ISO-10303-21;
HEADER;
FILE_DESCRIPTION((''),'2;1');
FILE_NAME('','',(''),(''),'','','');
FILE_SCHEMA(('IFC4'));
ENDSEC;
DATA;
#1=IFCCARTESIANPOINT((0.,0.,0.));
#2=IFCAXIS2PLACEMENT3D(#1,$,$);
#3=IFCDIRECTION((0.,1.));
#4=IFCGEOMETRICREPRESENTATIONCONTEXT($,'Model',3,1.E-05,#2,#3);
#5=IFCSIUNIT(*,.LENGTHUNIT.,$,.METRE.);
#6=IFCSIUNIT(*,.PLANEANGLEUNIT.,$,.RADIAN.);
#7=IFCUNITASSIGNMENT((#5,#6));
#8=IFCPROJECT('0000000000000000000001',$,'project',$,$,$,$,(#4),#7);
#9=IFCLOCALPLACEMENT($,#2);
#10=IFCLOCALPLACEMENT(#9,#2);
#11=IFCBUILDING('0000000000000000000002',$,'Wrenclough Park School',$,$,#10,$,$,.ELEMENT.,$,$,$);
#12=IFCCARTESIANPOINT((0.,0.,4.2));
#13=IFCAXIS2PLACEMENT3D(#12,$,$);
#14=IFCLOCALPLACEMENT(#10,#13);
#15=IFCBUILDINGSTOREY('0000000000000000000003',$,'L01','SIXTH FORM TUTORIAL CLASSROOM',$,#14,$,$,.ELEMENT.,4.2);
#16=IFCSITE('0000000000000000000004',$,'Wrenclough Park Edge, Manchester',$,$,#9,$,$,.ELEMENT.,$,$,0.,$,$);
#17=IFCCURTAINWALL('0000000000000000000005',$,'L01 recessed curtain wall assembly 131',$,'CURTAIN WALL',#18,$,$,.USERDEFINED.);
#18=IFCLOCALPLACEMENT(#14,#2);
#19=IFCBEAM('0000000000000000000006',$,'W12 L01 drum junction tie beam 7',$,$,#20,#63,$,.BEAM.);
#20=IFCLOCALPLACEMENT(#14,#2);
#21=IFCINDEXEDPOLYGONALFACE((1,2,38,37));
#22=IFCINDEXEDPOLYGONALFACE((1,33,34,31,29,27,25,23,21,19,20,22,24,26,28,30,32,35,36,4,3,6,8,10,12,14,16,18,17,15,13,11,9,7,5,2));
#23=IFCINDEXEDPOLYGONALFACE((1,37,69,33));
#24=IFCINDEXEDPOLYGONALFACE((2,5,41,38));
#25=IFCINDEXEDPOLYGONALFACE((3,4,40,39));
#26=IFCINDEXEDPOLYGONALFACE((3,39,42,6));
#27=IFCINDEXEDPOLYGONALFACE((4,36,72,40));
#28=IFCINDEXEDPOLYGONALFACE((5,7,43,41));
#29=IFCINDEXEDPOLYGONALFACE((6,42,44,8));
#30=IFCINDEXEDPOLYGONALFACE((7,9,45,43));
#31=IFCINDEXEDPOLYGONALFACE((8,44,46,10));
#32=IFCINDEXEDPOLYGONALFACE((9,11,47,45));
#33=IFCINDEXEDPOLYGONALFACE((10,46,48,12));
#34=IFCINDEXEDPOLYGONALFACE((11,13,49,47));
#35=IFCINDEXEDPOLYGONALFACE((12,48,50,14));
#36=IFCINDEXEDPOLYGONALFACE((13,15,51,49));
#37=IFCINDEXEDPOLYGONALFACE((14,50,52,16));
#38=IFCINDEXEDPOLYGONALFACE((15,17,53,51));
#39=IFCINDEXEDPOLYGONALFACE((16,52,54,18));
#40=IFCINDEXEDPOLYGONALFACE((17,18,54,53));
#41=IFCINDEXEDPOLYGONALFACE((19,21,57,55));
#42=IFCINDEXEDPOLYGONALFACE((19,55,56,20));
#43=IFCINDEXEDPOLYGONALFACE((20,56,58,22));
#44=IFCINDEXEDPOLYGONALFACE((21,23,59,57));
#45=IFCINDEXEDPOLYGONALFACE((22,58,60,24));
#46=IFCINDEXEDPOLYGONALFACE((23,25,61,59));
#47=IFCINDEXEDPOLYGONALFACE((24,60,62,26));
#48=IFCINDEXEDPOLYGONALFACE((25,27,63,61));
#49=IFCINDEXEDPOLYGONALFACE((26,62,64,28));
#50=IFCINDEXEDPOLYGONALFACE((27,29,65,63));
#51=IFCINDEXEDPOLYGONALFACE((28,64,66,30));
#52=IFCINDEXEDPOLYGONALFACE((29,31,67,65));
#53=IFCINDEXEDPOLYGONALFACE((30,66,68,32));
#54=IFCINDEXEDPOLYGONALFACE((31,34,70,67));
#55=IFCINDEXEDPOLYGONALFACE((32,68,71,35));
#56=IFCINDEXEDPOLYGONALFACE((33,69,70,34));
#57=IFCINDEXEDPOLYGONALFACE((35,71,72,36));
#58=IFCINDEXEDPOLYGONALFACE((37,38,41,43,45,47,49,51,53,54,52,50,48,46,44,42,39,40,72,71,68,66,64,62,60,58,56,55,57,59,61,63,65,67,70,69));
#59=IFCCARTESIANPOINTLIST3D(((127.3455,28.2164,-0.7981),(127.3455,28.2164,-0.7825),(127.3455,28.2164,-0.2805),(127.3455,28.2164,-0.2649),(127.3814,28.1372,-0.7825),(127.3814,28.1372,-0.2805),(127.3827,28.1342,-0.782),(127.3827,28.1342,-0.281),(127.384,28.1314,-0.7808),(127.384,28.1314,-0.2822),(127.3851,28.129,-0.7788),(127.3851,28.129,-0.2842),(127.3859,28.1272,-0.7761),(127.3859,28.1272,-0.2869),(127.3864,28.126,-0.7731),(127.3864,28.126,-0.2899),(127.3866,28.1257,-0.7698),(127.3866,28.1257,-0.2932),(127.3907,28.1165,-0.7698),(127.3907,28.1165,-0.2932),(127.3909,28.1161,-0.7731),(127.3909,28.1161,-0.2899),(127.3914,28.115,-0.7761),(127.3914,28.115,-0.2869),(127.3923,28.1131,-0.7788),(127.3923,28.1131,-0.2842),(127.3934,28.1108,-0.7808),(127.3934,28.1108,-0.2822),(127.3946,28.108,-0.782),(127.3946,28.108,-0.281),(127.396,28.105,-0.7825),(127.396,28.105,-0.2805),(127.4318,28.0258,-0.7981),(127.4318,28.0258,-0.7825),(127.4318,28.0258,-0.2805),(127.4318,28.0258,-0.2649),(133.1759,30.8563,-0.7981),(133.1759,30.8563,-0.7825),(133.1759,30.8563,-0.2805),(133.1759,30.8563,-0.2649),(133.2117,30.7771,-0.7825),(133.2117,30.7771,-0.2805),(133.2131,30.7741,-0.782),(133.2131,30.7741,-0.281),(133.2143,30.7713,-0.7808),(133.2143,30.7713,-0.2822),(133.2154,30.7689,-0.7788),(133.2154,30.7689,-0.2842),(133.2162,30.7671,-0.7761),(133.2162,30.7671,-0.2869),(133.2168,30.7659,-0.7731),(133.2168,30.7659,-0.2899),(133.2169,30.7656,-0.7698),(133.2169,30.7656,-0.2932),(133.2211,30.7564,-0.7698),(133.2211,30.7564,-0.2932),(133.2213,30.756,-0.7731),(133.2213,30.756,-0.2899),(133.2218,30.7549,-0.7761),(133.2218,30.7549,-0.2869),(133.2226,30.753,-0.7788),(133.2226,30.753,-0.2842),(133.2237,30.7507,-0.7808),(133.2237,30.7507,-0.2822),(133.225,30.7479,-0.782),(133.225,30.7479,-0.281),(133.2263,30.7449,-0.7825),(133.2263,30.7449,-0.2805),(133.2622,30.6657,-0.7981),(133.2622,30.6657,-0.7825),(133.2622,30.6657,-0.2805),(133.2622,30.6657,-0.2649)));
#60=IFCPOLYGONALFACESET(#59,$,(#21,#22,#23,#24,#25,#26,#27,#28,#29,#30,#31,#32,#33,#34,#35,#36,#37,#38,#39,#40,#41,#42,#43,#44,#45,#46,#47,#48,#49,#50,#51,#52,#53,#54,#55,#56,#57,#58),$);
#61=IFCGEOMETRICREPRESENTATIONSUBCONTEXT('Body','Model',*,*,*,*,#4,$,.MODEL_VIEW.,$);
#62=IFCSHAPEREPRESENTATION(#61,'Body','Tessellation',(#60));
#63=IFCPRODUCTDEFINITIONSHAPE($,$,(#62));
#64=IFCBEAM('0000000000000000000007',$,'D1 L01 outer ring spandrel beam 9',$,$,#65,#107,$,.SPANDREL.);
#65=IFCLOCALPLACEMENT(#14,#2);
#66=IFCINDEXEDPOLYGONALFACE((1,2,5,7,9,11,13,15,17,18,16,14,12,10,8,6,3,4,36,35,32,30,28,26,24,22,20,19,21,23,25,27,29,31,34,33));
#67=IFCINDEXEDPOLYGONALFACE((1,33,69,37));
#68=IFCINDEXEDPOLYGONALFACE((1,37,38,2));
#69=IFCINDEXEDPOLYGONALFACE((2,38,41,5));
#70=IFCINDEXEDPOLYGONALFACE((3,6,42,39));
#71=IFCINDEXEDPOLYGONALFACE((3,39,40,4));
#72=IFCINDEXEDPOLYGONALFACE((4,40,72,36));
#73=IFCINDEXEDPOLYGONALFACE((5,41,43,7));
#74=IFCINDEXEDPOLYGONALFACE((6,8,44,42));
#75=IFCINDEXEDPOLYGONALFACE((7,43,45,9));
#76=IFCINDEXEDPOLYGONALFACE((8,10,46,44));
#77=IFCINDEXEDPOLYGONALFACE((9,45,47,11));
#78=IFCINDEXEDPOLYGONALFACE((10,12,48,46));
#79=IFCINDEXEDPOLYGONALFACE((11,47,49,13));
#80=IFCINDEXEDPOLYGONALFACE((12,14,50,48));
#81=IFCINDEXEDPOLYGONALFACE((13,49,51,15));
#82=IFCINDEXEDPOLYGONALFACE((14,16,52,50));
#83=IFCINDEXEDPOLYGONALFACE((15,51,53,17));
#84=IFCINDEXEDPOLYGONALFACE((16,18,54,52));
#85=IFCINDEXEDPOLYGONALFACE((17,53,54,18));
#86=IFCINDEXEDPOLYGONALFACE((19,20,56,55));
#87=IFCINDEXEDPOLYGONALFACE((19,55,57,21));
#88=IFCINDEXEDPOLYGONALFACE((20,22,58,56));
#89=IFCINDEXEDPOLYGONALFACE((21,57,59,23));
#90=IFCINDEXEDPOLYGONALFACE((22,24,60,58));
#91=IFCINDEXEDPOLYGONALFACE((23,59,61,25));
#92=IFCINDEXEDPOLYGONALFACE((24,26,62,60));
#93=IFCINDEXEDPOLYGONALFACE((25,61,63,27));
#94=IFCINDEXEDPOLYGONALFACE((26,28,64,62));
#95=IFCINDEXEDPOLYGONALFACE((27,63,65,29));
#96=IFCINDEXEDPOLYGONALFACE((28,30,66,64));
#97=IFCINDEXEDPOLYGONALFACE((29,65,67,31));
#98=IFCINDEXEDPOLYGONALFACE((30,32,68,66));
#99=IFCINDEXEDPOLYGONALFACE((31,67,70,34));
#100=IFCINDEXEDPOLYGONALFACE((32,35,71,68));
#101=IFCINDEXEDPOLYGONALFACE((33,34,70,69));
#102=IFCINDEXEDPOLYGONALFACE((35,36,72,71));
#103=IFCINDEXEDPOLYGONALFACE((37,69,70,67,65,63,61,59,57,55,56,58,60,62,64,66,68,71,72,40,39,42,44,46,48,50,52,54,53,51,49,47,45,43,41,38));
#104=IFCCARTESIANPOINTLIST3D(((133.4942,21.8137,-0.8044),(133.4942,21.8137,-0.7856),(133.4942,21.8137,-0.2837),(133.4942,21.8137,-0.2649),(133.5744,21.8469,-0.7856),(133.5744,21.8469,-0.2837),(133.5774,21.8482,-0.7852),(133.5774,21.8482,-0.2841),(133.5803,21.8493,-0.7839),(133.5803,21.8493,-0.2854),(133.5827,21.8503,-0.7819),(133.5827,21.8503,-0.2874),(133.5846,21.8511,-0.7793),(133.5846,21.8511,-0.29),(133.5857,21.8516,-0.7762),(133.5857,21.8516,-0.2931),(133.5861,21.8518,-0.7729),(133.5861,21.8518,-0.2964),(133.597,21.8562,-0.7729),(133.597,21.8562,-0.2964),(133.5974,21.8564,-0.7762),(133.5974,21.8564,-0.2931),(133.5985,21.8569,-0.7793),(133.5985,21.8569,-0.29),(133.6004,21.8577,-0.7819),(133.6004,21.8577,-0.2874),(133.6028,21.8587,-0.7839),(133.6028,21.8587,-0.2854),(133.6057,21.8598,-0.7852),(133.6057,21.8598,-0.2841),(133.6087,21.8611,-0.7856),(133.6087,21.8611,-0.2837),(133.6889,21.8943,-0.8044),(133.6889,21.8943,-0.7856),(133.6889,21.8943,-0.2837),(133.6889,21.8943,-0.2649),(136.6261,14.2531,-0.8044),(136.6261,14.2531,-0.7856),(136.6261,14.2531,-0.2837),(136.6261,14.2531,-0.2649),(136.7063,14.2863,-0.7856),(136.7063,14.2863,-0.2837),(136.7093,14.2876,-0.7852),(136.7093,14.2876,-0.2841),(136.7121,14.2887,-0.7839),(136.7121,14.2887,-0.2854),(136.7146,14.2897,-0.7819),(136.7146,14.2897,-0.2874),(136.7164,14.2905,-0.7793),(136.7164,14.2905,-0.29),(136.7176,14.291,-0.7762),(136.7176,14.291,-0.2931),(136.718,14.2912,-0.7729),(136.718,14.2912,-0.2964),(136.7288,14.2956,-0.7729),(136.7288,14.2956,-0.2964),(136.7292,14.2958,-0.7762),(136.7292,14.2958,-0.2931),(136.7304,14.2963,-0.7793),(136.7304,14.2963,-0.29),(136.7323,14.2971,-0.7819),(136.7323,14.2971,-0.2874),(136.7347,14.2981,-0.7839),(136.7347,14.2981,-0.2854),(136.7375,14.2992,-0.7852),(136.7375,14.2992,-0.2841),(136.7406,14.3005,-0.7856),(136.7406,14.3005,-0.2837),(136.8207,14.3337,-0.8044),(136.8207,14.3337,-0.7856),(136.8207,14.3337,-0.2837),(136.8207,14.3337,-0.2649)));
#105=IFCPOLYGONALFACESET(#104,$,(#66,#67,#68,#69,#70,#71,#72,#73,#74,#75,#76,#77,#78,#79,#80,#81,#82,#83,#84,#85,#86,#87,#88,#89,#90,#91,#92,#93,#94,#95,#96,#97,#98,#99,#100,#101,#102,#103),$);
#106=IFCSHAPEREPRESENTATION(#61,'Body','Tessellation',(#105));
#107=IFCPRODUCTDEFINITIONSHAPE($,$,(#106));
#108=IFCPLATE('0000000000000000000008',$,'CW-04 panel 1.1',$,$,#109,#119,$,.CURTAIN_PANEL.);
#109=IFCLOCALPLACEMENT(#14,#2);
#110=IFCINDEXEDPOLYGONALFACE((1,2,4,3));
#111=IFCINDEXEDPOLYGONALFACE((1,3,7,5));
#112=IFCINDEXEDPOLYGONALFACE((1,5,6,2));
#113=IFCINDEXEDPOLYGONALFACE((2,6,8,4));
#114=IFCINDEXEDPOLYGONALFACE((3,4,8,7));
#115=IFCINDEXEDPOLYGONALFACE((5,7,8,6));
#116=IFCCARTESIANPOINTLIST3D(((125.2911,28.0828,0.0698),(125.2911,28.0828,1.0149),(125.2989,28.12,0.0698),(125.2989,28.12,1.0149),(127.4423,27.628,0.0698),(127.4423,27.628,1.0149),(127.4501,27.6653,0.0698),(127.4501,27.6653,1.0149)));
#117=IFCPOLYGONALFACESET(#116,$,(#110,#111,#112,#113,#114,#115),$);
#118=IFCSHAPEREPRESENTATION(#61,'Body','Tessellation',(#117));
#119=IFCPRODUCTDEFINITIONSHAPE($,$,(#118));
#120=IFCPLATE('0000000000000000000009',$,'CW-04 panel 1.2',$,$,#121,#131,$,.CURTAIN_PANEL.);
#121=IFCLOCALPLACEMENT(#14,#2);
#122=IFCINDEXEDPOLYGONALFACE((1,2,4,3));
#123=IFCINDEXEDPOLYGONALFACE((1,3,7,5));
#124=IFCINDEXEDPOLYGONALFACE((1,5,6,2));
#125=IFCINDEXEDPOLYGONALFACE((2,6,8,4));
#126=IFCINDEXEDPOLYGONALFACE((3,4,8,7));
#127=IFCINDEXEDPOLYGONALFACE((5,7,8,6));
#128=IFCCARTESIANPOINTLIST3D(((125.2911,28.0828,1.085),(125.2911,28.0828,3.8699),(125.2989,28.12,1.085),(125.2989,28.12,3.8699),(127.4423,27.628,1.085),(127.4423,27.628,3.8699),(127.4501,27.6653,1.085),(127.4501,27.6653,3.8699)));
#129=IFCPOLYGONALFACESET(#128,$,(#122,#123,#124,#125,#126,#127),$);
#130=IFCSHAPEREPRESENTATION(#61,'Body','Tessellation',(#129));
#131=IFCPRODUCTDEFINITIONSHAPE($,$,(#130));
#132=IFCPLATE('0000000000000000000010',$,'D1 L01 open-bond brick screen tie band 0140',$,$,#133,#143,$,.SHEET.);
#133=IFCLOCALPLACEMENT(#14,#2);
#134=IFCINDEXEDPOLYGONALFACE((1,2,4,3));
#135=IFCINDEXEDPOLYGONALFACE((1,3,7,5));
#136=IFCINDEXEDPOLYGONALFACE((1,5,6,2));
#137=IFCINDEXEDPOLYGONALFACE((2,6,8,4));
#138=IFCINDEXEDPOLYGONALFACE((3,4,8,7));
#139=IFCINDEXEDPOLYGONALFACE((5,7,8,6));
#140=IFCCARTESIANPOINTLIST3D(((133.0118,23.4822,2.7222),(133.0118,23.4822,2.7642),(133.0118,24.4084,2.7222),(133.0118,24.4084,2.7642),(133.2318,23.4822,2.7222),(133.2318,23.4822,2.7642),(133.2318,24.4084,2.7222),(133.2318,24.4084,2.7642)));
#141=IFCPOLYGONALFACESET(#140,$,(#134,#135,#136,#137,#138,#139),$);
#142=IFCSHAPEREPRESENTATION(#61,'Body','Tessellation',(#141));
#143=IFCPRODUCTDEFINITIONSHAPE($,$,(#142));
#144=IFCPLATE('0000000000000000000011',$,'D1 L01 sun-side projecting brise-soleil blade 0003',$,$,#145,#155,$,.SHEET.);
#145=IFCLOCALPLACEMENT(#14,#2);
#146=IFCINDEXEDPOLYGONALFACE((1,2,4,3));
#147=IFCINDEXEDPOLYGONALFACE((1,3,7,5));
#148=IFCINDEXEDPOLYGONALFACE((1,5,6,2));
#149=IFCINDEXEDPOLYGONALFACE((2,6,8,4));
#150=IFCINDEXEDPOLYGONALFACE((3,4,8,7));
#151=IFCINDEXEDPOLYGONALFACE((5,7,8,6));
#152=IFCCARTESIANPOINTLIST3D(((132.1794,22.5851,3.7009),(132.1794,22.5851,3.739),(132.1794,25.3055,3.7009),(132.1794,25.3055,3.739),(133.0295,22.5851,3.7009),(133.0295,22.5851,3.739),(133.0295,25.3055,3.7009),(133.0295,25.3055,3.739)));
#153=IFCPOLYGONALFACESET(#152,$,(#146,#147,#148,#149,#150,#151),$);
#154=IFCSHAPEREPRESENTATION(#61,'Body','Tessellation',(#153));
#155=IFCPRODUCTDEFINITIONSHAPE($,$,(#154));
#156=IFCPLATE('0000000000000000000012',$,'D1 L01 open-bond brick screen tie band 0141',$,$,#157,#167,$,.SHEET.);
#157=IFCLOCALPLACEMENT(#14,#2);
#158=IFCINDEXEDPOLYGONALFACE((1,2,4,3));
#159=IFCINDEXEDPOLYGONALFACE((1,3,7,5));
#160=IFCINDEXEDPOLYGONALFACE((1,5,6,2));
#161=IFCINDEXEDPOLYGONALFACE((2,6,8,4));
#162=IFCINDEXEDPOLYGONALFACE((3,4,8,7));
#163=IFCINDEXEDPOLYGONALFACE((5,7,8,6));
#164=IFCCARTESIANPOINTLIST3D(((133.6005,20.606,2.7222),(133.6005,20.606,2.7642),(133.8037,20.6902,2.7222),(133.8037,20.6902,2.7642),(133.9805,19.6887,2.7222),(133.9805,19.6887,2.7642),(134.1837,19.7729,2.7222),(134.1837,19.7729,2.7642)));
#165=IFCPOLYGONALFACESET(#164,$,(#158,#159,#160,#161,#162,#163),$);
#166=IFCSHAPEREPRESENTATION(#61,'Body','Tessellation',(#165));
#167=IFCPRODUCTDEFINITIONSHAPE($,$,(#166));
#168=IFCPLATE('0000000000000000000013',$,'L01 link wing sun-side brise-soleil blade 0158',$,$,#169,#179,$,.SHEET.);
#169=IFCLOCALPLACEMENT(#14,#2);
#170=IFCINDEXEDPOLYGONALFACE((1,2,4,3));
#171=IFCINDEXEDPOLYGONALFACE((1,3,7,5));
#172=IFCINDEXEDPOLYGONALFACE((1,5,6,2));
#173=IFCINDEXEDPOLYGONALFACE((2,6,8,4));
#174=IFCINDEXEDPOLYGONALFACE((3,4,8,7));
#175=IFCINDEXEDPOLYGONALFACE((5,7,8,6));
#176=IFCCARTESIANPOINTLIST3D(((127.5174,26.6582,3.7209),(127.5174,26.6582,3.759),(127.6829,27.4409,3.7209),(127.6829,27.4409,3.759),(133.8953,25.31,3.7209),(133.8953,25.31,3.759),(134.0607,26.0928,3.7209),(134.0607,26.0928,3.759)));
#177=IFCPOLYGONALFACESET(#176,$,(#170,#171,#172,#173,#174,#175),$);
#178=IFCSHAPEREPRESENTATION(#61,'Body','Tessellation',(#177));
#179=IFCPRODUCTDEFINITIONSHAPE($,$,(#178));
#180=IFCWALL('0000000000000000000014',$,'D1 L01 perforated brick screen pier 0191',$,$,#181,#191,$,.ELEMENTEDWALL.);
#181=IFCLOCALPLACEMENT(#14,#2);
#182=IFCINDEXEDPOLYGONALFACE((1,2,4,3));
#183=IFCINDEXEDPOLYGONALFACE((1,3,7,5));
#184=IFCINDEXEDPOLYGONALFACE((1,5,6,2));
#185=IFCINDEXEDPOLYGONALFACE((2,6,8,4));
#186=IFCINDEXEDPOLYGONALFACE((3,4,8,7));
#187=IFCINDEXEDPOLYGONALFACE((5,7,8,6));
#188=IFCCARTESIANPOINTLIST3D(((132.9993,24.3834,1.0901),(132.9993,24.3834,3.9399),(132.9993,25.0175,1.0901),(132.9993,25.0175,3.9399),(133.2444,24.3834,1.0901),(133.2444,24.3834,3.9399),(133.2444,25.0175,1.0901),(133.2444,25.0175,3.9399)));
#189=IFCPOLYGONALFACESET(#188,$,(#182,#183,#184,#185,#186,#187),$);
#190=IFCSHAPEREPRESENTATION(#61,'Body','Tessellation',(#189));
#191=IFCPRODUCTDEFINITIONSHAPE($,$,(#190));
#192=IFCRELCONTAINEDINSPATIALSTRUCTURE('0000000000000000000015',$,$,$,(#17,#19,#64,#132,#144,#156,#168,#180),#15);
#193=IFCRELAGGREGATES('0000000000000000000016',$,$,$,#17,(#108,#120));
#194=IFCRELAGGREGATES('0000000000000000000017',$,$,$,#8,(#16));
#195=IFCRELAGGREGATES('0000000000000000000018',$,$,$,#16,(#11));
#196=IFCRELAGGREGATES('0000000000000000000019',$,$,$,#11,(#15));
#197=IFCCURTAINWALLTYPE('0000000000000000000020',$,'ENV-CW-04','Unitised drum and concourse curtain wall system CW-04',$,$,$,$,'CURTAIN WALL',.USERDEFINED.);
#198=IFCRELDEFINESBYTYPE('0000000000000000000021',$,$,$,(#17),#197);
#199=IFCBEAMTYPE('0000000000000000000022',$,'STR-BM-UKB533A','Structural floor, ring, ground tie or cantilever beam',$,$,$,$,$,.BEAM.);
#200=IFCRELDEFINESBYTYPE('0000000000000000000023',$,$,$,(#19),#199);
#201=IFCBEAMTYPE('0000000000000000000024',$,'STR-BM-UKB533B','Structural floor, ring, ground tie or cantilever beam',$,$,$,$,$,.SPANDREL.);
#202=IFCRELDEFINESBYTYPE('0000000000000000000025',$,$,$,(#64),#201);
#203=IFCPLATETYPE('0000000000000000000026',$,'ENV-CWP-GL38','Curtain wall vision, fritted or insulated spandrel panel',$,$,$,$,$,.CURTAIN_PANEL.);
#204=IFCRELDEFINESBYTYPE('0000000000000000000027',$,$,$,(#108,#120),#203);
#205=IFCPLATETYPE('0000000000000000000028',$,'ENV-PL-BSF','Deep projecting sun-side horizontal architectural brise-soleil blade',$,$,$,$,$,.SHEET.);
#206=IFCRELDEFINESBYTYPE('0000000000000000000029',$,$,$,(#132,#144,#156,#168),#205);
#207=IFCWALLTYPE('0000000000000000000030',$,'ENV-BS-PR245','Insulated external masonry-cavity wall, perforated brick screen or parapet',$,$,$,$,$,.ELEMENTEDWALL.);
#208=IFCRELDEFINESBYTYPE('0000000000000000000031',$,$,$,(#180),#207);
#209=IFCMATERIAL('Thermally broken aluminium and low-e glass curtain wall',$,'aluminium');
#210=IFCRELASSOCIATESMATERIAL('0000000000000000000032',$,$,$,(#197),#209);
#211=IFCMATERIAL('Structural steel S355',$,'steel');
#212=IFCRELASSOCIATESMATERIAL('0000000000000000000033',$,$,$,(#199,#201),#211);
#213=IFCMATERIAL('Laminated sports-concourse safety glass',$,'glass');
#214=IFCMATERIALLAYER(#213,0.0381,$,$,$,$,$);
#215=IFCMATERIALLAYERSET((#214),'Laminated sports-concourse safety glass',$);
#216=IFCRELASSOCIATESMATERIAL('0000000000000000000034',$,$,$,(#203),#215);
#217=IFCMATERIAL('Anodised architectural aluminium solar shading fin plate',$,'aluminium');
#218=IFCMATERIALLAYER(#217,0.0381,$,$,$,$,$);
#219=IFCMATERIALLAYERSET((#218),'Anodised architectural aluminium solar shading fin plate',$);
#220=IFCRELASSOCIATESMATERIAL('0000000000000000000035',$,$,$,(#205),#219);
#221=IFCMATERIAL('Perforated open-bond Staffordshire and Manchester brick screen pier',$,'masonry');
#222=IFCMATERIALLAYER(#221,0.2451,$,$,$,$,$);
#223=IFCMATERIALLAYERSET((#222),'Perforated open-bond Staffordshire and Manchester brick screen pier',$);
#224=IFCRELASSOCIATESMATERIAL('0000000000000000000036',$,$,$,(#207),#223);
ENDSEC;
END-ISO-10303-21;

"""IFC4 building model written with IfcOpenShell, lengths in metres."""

from ifc_helpers import new_model, si_unit, direction, frame, frame_2d, origin, origin_2d, place, context, subcontext, project, spatial, rectangle, i_section, extrude, material, layer, layer_set, material_profile, profile_set, type_object, element, aggregate, save


model = new_model("IFC4")

# Units and contexts
model_context = context("Model", 3, precision=1e-05, world=origin(), true_north=direction((0.0, 1.0)))
body_context = subcontext(model_context, "Body", "Model", "MODEL_VIEW")
ifc_project = project(units=[si_unit("LENGTHUNIT", "METRE"), si_unit("PLANEANGLEUNIT", "RADIAN")], contexts=[model_context])

# Site, building, storey
site_placement = place(None, origin())
site = spatial("IfcSite", under=ifc_project, at=site_placement, Name="Wrenclough Park Edge, Manchester", CompositionType="ELEMENT", RefElevation=0.0)
building_placement = place(site_placement, origin())
building = spatial("IfcBuilding", under=site, at=building_placement, Name="Wrenclough Park School", CompositionType="ELEMENT")
storey_placement = place(building_placement, frame((0.0, 0.0, 4.2)))
storey = spatial("IfcBuildingStorey", under=building, at=storey_placement, Name="L01", Description="SIXTH FORM TUTORIAL CLASSROOM", CompositionType="ELEMENT", Elevation=4.2)

# Shared definitions
ifc_material_1 = material(Name="Structural steel S355", Category="steel")

# Curtain wall
ifc_material_2 = material(Name="Thermally broken aluminium and low-e glass curtain wall", Category="aluminium")
curtain_wall_type = type_object("IfcCurtainWallType", Name="ENV-CW-04", Description="Unitised drum and concourse curtain wall system CW-04", ElementType="CURTAIN WALL", PredefinedType="USERDEFINED", material=ifc_material_2)
curtain_wall_placement = place(storey_placement, origin())
curtain_wall = element("IfcCurtainWall", 1, at=curtain_wall_placement, inside=storey, type_object=curtain_wall_type, Name="L01 recessed curtain wall assembly 131", ObjectType="CURTAIN WALL", PredefinedType="USERDEFINED")

# Beams
ifc_material_profile_1 = material_profile(ifc_material_1, i_section(OverallWidth=0.2092, OverallDepth=0.5332, WebThickness=0.01, FlangeThickness=0.0156, FilletRadius=0.0127, at=origin_2d()), Name="UKB 533x210x92")
ifc_profile_set_1 = profile_set([ifc_material_profile_1], Name="Structural steel S355")
beam_type_1 = type_object("IfcBeamType", Name="STR-BM-UKB533A", Description="Structural floor, ring, ground tie or cantilever beam", PredefinedType="BEAM", material=ifc_profile_set_1)
beam_1_placement = place(storey_placement, frame((127.3887, 28.1211, -0.5315), z_axis=(0.910969, 0.412475, 0.0), x_axis=(-0.412475, 0.910969, 0.0)))
element("IfcBeam", 2, at=beam_1_placement, inside=storey, type_object=beam_type_1, Name="W12 L01 drum junction tie beam 7", PredefinedType="BEAM", context=body_context, shape_type="SweptSolid", body=[
    extrude(i_section(OverallWidth=0.2092, OverallDepth=0.5332, WebThickness=0.01, FlangeThickness=0.0156, FilletRadius=0.0127, at=origin_2d()), origin(), (0.0, 0.0, 1.0), 6.4001),
])
ifc_material_profile_2 = material_profile(ifc_material_1, i_section(OverallWidth=0.2107, OverallDepth=0.5396, WebThickness=0.0117, FlangeThickness=0.0188, FilletRadius=0.0127, at=origin_2d()), Name="UKB 533x210x109")
ifc_profile_set_2 = profile_set([ifc_material_profile_2], Name="Structural steel S355")
beam_type_2 = type_object("IfcBeamType", Name="STR-BM-UKB533B", Description="Structural floor, ring, ground tie or cantilever beam", PredefinedType="SPANDREL", material=ifc_profile_set_2)
beam_2_placement = place(storey_placement, frame((133.5916, 21.854, -0.5347), z_axis=(0.3827, -0.923873, 0.0), x_axis=(0.923873, 0.3827, 0.0)))
element("IfcBeam", 3, at=beam_2_placement, inside=storey, type_object=beam_type_2, Name="D1 L01 outer ring spandrel beam 9", PredefinedType="SPANDREL", context=body_context, shape_type="SweptSolid", body=[
    extrude(i_section(OverallWidth=0.2107, OverallDepth=0.5396, WebThickness=0.0117, FlangeThickness=0.0188, FilletRadius=0.0127, at=origin_2d()), origin(), (0.0, 0.0, 1.0), 8.1836),
])

# Plates
ifc_material_3 = material(Name="Laminated sports-concourse safety glass", Category="glass")
ifc_layer_1 = layer(ifc_material_3, 0.0381)
ifc_layer_set_1 = layer_set([ifc_layer_1], Name="Laminated sports-concourse safety glass")
plate_type_1 = type_object("IfcPlateType", Name="ENV-CWP-GL38", Description="Curtain wall vision, fritted or insulated spandrel panel", PredefinedType="CURTAIN_PANEL", material=ifc_layer_set_1)
plate_1_placement = place(storey_placement, frame((126.3706, 27.874, 0.0698), z_axis=(0.0, 0.0, 1.0), x_axis=(-0.978379, 0.206818, 0.0)))
plate_1 = element("IfcPlate", 4, at=plate_1_placement, type_object=plate_type_1, Name="CW-04 panel 1.1", PredefinedType="CURTAIN_PANEL", context=body_context, shape_type="SweptSolid", body=[
    extrude(rectangle(XDim=2.1987, YDim=0.0381, at=origin_2d()), origin(), (0.0, 0.0, 1.0), 0.9451),
])
plate_2_placement = place(storey_placement, frame((126.3706, 27.874, 1.085), z_axis=(0.0, 0.0, 1.0), x_axis=(-0.978379, 0.206818, 0.0)))
plate_2 = element("IfcPlate", 5, at=plate_2_placement, type_object=plate_type_1, Name="CW-04 panel 1.2", PredefinedType="CURTAIN_PANEL", context=body_context, shape_type="SweptSolid", body=[
    extrude(rectangle(XDim=2.1987, YDim=0.0381, at=origin_2d()), origin(), (0.0, 0.0, 1.0), 2.7849),
])
aggregate(curtain_wall, [plate_1, plate_2])

# Plates
ifc_material_4 = material(Name="Anodised architectural aluminium solar shading fin plate", Category="aluminium")
ifc_layer_2 = layer(ifc_material_4, 0.0381)
ifc_layer_set_2 = layer_set([ifc_layer_2], Name="Anodised architectural aluminium solar shading fin plate")
plate_type_2 = type_object("IfcPlateType", Name="ENV-PL-BSF", Description="Deep projecting sun-side horizontal architectural brise-soleil blade", PredefinedType="SHEET", material=ifc_layer_set_2)
plate_3_placement = place(storey_placement, frame((133.1218, 23.9453, 2.7222), z_axis=(0.0, 0.0, 1.0), x_axis=(0.0, -1.0, 0.0)))
element("IfcPlate", 6, at=plate_3_placement, inside=storey, type_object=plate_type_2, Name="D1 L01 open-bond brick screen tie band 0140", PredefinedType="SHEET", context=body_context, shape_type="SweptSolid", body=[
    extrude(rectangle(XDim=0.9263, YDim=0.22, at=origin_2d()), origin(), (0.0, 0.0, 1.0), 0.042),
])
plate_4_placement = place(storey_placement, frame((132.6045, 23.9453, 3.7009), z_axis=(0.0, 0.0, 1.0), x_axis=(0.0, -1.0, 0.0)))
element("IfcPlate", 7, at=plate_4_placement, inside=storey, type_object=plate_type_2, Name="D1 L01 sun-side projecting brise-soleil blade 0003", PredefinedType="SHEET", context=body_context, shape_type="SweptSolid", body=[
    extrude(rectangle(XDim=2.7205, YDim=0.8501, at=origin_2d()), origin(), (0.0, 0.0, 1.0), 0.0381),
])
plate_5_placement = place(storey_placement, frame((133.8921, 20.1895, 2.7222), z_axis=(0.0, 0.0, 1.0), x_axis=(0.382692, -0.923876, 0.0)))
element("IfcPlate", 8, at=plate_5_placement, inside=storey, type_object=plate_type_2, Name="D1 L01 open-bond brick screen tie band 0141", PredefinedType="SHEET", context=body_context, shape_type="SweptSolid", body=[
    extrude(rectangle(XDim=0.9929, YDim=0.22, at=origin_2d()), origin(), (0.0, 0.0, 1.0), 0.042),
])
plate_6_placement = place(storey_placement, frame((130.7891, 26.3755, 3.7209), z_axis=(0.0, 0.0, 1.0), x_axis=(-0.978381, 0.206811, 0.0)))
element("IfcPlate", 9, at=plate_6_placement, inside=storey, type_object=plate_type_2, Name="L01 link wing sun-side brise-soleil blade 0158", PredefinedType="SHEET", context=body_context, shape_type="SweptSolid", body=[
    extrude(rectangle(XDim=6.5188, YDim=0.8, at=origin_2d()), origin(), (0.0, 0.0, 1.0), 0.0381),
])

# Wall
ifc_material_5 = material(Name="Perforated open-bond Staffordshire and Manchester brick screen pier", Category="masonry")
ifc_layer_3 = layer(ifc_material_5, 0.2451)
ifc_layer_set_3 = layer_set([ifc_layer_3], Name="Perforated open-bond Staffordshire and Manchester brick screen pier")
wall_type_1 = type_object("IfcWallType", Name="ENV-BS-PR245", Description="Insulated external masonry-cavity wall, perforated brick screen or parapet", PredefinedType="ELEMENTEDWALL", material=ifc_layer_set_3)
for number, where, z_axis, x_axis, name in (
    (10, (133.1218, 25.0173, 1.0901), (0.0, 0.0, 1.0), (0.0, -1.0, 0.0), "D1 L01 perforated brick screen pier 0191"),
):
    element("IfcWall", number, at=place(storey_placement, frame(where, z_axis=z_axis, x_axis=x_axis)), inside=storey, type_object=wall_type_1, Name=name, PredefinedType="ELEMENTEDWALL", context=body_context, shape_type="SweptSolid", body=[
        extrude(rectangle(XDim=0.634, YDim=0.2451, at=frame_2d((0.3169, 0.0))), origin(), (0.0, 0.0, 1.0), 2.8499),
    ])

save(model, "model.ifc")
